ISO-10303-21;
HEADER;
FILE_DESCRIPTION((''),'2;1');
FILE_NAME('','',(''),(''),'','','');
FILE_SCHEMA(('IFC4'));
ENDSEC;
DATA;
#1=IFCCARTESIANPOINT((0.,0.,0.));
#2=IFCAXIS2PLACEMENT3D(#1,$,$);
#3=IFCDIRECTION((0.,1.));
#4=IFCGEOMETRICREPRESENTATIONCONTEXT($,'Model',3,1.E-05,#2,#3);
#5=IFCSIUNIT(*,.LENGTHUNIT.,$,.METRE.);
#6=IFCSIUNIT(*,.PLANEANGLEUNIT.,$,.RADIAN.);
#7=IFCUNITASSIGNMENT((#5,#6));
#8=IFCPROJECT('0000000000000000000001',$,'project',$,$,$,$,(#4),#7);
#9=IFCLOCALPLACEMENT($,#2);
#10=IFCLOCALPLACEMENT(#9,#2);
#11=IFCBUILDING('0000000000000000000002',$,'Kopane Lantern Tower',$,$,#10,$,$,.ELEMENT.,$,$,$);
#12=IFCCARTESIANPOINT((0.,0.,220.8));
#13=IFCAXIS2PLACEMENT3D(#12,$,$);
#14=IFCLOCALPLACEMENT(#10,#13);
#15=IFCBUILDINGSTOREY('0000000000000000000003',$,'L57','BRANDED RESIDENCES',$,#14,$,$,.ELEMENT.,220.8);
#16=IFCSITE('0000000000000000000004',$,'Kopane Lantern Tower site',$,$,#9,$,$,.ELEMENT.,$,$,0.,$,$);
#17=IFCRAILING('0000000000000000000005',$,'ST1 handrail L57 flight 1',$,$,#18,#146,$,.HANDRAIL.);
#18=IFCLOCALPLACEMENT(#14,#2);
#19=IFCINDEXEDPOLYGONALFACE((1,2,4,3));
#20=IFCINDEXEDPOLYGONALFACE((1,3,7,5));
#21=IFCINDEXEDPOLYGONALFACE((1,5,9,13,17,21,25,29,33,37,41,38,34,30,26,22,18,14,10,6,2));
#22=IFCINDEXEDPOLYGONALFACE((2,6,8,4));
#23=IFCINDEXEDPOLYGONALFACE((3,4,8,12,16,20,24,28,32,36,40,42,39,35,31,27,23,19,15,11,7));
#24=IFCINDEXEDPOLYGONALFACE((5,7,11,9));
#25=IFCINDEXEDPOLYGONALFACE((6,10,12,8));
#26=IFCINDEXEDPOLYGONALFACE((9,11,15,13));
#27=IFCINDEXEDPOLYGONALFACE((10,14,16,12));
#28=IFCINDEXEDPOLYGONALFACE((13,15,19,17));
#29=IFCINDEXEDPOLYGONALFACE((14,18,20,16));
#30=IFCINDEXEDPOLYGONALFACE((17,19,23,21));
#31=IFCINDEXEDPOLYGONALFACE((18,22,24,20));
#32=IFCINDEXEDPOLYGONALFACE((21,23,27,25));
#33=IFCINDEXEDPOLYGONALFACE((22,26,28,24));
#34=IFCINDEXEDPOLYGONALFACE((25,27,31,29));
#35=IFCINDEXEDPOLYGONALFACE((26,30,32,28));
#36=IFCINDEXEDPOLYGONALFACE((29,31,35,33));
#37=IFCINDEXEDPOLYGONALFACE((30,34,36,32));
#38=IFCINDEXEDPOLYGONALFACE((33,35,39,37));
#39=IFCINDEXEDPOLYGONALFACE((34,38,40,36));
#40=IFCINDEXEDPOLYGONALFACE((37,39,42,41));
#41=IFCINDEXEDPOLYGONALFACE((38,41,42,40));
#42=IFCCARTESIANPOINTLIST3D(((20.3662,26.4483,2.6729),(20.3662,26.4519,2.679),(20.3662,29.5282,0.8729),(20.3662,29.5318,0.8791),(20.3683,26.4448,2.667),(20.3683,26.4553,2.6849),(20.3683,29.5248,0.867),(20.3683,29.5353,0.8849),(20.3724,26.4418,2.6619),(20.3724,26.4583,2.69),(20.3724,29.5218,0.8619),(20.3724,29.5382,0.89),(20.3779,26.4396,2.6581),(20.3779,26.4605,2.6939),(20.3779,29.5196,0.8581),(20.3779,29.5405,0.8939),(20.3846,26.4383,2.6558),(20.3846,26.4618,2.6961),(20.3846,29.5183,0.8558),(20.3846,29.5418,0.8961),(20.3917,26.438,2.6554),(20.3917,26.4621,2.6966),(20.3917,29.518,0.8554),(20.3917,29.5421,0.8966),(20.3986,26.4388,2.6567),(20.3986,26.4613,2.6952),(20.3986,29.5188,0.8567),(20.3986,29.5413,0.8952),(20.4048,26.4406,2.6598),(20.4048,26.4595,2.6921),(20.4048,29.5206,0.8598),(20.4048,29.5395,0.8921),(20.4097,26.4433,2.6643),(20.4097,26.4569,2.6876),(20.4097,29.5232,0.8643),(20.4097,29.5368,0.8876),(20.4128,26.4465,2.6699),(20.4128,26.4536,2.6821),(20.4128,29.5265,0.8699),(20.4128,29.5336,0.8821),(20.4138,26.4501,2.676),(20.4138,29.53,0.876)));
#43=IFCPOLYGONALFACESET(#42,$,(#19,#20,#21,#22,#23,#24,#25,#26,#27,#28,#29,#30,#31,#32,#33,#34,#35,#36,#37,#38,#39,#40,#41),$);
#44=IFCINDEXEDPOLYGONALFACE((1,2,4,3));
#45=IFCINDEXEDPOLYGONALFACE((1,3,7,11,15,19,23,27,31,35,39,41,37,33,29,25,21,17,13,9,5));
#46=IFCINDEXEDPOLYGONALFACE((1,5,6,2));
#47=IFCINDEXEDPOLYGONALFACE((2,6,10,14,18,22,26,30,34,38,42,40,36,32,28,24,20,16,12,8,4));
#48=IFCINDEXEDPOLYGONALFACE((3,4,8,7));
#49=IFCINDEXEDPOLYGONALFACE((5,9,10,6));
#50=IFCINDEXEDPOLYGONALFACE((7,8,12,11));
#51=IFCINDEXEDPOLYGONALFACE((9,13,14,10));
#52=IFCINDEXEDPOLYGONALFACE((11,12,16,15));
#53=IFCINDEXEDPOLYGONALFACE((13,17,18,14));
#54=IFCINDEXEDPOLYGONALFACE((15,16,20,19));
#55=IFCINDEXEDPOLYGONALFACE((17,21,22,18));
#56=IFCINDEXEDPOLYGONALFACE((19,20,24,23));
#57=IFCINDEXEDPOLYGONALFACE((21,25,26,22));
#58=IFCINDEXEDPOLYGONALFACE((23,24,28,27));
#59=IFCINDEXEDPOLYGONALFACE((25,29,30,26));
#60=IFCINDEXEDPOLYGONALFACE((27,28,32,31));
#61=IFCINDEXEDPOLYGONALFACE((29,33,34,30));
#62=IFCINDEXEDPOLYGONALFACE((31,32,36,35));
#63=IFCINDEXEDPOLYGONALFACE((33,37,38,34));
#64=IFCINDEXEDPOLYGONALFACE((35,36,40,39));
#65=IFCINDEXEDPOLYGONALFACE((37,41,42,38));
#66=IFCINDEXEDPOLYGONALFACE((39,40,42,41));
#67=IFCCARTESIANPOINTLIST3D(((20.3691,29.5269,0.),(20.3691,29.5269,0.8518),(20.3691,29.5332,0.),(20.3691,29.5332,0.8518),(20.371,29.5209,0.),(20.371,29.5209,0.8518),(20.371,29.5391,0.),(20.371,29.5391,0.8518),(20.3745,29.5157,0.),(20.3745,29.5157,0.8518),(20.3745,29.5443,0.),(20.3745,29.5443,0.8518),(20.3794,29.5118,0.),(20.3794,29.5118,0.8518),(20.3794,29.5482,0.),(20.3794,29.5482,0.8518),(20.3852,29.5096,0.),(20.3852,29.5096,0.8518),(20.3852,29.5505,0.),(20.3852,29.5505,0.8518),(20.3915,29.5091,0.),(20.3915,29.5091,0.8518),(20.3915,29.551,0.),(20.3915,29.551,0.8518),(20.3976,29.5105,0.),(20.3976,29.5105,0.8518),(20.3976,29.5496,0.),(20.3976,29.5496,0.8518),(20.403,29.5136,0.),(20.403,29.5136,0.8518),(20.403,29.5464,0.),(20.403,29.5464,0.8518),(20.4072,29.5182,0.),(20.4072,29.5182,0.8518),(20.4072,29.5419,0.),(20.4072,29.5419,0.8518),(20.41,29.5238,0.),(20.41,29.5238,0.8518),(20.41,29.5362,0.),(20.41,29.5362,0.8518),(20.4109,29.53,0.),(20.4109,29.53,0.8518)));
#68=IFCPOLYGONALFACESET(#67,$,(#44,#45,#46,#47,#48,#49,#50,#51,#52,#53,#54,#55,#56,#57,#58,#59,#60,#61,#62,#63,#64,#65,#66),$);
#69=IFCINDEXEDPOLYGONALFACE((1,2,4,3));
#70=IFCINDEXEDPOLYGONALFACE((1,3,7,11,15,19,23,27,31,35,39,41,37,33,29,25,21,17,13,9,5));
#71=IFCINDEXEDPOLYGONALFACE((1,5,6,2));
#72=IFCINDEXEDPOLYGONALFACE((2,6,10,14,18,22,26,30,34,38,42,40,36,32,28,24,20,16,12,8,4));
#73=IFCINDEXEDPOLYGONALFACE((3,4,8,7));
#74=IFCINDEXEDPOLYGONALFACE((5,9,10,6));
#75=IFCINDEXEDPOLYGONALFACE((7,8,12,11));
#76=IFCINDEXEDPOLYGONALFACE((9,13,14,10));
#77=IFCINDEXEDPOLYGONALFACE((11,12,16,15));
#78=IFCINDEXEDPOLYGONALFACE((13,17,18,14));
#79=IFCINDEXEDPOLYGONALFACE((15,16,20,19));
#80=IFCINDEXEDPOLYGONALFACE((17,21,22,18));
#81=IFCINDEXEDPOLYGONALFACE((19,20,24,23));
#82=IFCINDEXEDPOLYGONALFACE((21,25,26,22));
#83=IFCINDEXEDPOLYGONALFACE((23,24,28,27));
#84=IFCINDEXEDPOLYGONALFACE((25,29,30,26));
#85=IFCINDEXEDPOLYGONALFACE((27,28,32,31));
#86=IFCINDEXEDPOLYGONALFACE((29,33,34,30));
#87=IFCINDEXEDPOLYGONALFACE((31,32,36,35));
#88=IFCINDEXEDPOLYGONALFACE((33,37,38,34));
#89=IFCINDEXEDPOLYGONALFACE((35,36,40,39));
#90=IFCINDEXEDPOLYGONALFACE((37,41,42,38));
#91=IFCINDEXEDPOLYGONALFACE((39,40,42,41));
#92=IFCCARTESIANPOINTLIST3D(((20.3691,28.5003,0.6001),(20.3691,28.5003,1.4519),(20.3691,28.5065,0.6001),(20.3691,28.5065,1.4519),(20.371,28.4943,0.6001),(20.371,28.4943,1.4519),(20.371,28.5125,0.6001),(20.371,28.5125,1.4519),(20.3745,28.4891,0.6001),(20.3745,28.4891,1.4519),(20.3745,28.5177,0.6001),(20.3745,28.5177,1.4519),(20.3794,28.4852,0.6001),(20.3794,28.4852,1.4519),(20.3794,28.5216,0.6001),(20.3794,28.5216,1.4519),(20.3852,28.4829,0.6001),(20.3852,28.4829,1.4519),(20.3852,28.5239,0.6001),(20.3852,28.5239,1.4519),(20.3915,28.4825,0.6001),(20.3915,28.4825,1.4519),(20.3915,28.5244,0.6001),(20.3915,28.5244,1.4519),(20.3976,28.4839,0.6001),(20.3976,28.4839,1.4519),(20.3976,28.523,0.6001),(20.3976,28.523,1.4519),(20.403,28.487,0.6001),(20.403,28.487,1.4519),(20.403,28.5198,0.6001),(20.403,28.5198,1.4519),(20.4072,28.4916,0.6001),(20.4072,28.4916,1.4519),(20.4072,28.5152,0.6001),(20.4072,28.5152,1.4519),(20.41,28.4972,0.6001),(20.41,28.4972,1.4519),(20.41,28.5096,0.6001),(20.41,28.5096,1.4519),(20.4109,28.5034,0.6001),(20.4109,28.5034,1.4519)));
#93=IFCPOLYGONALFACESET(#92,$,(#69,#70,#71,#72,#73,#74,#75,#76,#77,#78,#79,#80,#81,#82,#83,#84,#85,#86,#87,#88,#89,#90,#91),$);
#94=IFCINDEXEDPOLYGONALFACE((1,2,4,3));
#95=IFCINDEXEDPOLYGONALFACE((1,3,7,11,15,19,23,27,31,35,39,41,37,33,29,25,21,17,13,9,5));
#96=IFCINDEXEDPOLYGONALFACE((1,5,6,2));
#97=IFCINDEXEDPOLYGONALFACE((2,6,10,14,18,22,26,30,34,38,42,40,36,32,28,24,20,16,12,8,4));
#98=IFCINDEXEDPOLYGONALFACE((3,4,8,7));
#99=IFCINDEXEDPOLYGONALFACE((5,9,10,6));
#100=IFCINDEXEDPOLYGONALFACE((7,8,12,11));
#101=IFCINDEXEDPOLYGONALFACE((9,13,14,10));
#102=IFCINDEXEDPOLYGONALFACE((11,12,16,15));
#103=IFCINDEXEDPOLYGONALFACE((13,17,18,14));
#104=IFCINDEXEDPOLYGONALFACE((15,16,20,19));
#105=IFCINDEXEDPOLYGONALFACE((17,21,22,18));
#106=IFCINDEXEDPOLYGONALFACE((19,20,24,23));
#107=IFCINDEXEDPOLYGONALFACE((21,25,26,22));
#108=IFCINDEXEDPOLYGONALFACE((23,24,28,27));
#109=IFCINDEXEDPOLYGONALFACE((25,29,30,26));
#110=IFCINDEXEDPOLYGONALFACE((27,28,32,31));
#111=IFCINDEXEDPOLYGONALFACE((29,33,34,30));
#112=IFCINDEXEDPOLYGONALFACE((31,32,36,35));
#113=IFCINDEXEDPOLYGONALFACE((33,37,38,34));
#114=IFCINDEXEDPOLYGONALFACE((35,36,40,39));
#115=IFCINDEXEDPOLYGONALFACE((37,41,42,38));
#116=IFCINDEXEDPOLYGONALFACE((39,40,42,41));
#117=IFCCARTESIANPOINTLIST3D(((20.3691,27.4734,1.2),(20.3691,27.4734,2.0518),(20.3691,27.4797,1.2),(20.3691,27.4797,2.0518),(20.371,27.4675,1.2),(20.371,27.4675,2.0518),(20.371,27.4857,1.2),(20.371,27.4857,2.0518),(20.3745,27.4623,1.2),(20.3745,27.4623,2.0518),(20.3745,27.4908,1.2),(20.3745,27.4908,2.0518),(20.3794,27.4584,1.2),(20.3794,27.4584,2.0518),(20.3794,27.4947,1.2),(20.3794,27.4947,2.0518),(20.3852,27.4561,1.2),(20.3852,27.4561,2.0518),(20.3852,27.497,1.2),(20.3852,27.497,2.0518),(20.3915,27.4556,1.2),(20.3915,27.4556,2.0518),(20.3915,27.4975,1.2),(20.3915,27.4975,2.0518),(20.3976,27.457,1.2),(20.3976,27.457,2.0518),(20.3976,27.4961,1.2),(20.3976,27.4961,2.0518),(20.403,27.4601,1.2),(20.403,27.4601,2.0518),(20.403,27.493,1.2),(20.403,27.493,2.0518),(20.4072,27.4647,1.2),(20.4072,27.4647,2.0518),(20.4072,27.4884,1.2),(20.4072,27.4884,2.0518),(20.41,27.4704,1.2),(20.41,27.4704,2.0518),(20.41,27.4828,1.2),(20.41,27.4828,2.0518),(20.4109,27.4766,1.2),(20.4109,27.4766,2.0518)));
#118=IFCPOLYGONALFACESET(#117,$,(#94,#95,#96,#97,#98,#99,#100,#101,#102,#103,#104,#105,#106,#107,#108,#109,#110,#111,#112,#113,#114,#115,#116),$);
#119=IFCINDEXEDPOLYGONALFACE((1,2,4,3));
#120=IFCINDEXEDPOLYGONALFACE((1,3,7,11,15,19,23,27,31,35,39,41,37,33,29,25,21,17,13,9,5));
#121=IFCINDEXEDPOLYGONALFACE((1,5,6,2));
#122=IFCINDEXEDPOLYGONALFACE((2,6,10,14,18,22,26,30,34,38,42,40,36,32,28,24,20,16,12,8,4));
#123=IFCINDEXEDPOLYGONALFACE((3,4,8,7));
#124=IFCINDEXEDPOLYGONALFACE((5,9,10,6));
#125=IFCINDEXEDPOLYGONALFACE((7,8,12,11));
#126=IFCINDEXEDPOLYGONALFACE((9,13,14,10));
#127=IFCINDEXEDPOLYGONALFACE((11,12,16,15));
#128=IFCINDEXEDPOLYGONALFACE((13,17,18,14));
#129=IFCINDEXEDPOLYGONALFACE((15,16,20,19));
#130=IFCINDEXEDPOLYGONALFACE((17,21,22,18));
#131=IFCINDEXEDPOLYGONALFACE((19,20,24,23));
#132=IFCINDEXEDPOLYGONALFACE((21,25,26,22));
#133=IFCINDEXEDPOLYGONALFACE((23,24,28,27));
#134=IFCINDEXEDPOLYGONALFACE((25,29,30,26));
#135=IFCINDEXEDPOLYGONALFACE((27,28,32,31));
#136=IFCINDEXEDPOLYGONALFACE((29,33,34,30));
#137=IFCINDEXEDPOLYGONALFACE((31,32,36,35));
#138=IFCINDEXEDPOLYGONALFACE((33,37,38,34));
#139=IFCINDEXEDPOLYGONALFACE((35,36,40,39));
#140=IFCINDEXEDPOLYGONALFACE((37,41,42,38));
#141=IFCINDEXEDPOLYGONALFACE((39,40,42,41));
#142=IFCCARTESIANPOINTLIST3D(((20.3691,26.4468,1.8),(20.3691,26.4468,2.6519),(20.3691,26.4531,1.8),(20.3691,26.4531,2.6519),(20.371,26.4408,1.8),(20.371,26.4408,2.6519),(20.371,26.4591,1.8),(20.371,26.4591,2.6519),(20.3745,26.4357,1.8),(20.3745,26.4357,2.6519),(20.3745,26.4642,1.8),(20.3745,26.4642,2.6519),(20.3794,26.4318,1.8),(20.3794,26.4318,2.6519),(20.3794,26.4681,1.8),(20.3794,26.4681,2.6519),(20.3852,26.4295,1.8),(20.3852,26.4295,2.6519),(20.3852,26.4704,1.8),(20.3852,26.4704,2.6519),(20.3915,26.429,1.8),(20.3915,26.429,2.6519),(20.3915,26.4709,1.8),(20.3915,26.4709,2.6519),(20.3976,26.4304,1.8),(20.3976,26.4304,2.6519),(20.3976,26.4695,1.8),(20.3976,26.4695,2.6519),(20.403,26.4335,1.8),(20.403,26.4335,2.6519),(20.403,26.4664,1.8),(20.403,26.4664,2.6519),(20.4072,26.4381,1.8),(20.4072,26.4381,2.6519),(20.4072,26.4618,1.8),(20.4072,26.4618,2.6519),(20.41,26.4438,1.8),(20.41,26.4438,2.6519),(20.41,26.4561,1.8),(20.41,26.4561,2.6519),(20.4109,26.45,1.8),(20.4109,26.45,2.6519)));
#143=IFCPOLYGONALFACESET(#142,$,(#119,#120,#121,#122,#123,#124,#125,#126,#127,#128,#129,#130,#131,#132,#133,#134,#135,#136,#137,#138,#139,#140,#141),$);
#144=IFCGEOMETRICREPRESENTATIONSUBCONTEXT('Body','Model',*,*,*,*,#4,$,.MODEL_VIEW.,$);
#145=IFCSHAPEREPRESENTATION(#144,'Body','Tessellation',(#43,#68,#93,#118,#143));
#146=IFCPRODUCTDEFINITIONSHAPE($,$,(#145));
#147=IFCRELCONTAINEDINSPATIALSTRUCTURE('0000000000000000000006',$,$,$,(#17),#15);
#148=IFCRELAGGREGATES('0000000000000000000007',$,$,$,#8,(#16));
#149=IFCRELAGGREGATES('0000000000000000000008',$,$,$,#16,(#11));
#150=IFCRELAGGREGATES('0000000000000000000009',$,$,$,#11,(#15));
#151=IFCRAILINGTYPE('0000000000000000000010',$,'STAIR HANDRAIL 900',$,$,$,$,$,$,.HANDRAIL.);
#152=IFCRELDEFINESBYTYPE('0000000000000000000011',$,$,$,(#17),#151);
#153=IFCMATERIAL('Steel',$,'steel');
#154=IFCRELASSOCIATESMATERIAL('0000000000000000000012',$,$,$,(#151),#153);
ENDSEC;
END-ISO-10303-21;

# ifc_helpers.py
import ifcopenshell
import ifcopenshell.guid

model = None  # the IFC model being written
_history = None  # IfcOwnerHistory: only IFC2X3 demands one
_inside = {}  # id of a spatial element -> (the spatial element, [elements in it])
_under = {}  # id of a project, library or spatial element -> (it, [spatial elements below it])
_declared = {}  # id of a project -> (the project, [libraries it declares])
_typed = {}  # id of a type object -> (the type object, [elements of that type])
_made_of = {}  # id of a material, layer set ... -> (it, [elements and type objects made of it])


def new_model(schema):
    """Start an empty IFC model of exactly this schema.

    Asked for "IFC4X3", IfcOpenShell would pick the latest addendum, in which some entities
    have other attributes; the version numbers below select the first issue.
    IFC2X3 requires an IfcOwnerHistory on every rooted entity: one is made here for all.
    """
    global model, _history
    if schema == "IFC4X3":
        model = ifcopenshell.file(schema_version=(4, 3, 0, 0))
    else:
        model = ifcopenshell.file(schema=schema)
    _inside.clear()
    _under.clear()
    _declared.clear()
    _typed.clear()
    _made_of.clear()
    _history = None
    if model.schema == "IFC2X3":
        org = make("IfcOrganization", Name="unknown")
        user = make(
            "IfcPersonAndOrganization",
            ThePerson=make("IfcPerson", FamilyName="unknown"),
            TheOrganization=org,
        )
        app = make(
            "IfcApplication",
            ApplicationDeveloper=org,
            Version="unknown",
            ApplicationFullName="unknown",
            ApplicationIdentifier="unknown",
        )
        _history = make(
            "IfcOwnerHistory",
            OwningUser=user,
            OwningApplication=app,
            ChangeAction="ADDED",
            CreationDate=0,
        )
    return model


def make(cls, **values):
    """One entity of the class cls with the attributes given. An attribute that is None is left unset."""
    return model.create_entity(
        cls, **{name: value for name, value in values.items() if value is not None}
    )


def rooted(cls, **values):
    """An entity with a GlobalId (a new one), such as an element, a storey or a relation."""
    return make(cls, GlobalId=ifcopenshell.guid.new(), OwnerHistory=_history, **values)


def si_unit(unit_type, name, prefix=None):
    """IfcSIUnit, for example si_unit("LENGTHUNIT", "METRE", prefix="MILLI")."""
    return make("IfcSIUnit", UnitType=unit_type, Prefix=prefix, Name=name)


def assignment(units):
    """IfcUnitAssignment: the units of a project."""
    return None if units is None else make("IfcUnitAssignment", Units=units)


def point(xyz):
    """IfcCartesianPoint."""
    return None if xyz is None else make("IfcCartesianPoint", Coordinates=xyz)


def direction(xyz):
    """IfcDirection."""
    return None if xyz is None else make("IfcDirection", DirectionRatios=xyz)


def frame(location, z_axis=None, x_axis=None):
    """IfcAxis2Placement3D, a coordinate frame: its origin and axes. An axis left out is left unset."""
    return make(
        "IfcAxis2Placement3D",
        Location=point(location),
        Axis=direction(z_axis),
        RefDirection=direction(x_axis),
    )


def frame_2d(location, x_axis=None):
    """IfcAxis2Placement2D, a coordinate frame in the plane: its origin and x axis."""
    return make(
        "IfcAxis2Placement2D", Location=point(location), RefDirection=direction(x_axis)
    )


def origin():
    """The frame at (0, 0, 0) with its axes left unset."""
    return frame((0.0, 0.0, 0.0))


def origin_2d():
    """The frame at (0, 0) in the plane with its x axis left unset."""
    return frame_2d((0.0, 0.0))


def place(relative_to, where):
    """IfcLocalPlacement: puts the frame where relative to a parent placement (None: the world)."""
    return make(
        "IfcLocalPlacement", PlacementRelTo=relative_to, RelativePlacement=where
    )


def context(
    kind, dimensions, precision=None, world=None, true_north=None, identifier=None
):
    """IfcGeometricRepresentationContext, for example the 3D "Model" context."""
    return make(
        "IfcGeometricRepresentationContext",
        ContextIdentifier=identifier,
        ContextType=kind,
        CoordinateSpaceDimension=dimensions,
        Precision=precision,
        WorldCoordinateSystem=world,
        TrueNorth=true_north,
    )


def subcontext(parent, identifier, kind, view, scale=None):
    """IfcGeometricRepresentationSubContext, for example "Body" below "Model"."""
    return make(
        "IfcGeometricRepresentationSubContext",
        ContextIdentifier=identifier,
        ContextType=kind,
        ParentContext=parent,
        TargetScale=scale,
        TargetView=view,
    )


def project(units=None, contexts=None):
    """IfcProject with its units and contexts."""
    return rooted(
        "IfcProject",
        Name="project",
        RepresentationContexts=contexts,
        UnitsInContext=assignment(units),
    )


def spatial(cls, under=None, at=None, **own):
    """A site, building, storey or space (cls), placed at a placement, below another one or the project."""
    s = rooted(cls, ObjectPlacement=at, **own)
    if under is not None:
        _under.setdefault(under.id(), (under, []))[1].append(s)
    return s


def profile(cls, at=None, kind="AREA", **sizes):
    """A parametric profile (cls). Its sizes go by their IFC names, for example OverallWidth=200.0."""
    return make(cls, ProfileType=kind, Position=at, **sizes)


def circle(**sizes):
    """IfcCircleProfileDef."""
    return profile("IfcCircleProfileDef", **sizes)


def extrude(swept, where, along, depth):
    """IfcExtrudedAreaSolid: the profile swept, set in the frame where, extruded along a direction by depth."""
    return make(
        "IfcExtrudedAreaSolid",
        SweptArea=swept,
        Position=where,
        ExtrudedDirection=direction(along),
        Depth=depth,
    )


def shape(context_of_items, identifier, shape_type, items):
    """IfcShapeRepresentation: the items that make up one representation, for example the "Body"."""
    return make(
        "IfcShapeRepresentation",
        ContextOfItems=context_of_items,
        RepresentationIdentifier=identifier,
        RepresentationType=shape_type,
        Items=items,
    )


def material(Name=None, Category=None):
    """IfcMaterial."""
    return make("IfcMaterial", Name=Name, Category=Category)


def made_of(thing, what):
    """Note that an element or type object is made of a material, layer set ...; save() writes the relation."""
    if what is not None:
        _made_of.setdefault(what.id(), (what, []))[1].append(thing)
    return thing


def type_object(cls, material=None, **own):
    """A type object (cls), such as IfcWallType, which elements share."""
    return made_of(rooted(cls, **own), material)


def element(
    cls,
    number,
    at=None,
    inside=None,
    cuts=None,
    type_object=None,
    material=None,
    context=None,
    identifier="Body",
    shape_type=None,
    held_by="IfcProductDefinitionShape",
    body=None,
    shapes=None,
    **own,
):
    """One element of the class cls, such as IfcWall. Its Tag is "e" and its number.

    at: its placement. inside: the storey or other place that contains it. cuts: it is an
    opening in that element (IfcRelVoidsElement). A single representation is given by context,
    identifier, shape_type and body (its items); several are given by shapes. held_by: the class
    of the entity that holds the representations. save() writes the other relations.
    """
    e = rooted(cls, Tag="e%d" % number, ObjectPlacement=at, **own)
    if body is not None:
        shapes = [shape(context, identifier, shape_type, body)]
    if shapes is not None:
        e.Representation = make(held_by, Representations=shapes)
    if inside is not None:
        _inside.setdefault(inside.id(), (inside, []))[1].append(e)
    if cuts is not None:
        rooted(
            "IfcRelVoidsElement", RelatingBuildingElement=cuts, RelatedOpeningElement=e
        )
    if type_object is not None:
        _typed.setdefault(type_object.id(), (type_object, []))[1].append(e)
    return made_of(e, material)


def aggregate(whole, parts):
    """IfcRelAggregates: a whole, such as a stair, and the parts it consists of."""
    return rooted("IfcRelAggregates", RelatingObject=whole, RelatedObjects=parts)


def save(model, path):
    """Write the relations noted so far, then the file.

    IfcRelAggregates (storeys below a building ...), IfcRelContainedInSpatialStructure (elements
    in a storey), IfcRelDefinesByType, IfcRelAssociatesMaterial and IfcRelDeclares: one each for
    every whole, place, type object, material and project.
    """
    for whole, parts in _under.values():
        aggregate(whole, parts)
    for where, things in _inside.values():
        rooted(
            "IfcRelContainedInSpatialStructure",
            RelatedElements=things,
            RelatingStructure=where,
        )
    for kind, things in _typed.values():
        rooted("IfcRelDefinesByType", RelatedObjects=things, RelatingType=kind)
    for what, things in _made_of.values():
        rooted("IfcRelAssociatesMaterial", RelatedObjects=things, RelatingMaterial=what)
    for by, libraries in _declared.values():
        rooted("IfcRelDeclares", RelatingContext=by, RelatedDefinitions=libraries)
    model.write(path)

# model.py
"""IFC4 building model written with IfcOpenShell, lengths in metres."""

from ifc_helpers import new_model, si_unit, direction, frame, origin, origin_2d, place, context, subcontext, project, spatial, circle, extrude, material, type_object, element, save


model = new_model("IFC4")

# Units and contexts
model_context = context("Model", 3, precision=1e-05, world=origin(), true_north=direction((0.0, 1.0)))
body_context = subcontext(model_context, "Body", "Model", "MODEL_VIEW")
ifc_project = project(units=[si_unit("LENGTHUNIT", "METRE"), si_unit("PLANEANGLEUNIT", "RADIAN")], contexts=[model_context])

# Site, building, storey
site_placement = place(None, origin())
site = spatial("IfcSite", under=ifc_project, at=site_placement, Name="Kopane Lantern Tower site", CompositionType="ELEMENT", RefElevation=0.0)
building_placement = place(site_placement, origin())
building = spatial("IfcBuilding", under=site, at=building_placement, Name="Kopane Lantern Tower", CompositionType="ELEMENT")
storey_placement = place(building_placement, frame((0.0, 0.0, 220.8)))
storey = spatial("IfcBuildingStorey", under=building, at=storey_placement, Name="L57", Description="BRANDED RESIDENCES", CompositionType="ELEMENT", Elevation=220.8)

# Railing
ifc_material_1 = material(Name="Steel", Category="steel")
railing_type_1 = type_object("IfcRailingType", Name="STAIR HANDRAIL 900", PredefinedType="HANDRAIL", material=ifc_material_1)
for number, where, name in (
    (1, (20.3899, 29.53, 0.0), "ST1 handrail L57 flight 1"),
):
    element("IfcRailing", number, at=place(storey_placement, frame(where)), inside=storey, type_object=railing_type_1, Name=name, PredefinedType="HANDRAIL", context=body_context, shape_type="SweptSolid", body=[
        extrude(circle(Radius=0.0239, at=origin_2d()), frame((0.0, 0.0, 0.876), z_axis=(0.0, -0.863372, 0.504569), x_axis=(1.0, 0.0, 0.0)), (0.0, 0.0, 1.0), 3.5674),
        extrude(circle(Radius=0.021, at=origin_2d()), origin(), (0.0, 0.0, 1.0), 0.8518),
        extrude(circle(Radius=0.021, at=origin_2d()), frame((0.0, -1.0266, 0.6001)), (0.0, 0.0, 1.0), 0.8518),
        extrude(circle(Radius=0.021, at=origin_2d()), frame((0.0, -2.0535, 1.2)), (0.0, 0.0, 1.0), 0.8518),
        extrude(circle(Radius=0.021, at=origin_2d()), frame((0.0, -3.0801, 1.8)), (0.0, 0.0, 1.0), 0.8518),
    ])

save(model, "model.ifc")
